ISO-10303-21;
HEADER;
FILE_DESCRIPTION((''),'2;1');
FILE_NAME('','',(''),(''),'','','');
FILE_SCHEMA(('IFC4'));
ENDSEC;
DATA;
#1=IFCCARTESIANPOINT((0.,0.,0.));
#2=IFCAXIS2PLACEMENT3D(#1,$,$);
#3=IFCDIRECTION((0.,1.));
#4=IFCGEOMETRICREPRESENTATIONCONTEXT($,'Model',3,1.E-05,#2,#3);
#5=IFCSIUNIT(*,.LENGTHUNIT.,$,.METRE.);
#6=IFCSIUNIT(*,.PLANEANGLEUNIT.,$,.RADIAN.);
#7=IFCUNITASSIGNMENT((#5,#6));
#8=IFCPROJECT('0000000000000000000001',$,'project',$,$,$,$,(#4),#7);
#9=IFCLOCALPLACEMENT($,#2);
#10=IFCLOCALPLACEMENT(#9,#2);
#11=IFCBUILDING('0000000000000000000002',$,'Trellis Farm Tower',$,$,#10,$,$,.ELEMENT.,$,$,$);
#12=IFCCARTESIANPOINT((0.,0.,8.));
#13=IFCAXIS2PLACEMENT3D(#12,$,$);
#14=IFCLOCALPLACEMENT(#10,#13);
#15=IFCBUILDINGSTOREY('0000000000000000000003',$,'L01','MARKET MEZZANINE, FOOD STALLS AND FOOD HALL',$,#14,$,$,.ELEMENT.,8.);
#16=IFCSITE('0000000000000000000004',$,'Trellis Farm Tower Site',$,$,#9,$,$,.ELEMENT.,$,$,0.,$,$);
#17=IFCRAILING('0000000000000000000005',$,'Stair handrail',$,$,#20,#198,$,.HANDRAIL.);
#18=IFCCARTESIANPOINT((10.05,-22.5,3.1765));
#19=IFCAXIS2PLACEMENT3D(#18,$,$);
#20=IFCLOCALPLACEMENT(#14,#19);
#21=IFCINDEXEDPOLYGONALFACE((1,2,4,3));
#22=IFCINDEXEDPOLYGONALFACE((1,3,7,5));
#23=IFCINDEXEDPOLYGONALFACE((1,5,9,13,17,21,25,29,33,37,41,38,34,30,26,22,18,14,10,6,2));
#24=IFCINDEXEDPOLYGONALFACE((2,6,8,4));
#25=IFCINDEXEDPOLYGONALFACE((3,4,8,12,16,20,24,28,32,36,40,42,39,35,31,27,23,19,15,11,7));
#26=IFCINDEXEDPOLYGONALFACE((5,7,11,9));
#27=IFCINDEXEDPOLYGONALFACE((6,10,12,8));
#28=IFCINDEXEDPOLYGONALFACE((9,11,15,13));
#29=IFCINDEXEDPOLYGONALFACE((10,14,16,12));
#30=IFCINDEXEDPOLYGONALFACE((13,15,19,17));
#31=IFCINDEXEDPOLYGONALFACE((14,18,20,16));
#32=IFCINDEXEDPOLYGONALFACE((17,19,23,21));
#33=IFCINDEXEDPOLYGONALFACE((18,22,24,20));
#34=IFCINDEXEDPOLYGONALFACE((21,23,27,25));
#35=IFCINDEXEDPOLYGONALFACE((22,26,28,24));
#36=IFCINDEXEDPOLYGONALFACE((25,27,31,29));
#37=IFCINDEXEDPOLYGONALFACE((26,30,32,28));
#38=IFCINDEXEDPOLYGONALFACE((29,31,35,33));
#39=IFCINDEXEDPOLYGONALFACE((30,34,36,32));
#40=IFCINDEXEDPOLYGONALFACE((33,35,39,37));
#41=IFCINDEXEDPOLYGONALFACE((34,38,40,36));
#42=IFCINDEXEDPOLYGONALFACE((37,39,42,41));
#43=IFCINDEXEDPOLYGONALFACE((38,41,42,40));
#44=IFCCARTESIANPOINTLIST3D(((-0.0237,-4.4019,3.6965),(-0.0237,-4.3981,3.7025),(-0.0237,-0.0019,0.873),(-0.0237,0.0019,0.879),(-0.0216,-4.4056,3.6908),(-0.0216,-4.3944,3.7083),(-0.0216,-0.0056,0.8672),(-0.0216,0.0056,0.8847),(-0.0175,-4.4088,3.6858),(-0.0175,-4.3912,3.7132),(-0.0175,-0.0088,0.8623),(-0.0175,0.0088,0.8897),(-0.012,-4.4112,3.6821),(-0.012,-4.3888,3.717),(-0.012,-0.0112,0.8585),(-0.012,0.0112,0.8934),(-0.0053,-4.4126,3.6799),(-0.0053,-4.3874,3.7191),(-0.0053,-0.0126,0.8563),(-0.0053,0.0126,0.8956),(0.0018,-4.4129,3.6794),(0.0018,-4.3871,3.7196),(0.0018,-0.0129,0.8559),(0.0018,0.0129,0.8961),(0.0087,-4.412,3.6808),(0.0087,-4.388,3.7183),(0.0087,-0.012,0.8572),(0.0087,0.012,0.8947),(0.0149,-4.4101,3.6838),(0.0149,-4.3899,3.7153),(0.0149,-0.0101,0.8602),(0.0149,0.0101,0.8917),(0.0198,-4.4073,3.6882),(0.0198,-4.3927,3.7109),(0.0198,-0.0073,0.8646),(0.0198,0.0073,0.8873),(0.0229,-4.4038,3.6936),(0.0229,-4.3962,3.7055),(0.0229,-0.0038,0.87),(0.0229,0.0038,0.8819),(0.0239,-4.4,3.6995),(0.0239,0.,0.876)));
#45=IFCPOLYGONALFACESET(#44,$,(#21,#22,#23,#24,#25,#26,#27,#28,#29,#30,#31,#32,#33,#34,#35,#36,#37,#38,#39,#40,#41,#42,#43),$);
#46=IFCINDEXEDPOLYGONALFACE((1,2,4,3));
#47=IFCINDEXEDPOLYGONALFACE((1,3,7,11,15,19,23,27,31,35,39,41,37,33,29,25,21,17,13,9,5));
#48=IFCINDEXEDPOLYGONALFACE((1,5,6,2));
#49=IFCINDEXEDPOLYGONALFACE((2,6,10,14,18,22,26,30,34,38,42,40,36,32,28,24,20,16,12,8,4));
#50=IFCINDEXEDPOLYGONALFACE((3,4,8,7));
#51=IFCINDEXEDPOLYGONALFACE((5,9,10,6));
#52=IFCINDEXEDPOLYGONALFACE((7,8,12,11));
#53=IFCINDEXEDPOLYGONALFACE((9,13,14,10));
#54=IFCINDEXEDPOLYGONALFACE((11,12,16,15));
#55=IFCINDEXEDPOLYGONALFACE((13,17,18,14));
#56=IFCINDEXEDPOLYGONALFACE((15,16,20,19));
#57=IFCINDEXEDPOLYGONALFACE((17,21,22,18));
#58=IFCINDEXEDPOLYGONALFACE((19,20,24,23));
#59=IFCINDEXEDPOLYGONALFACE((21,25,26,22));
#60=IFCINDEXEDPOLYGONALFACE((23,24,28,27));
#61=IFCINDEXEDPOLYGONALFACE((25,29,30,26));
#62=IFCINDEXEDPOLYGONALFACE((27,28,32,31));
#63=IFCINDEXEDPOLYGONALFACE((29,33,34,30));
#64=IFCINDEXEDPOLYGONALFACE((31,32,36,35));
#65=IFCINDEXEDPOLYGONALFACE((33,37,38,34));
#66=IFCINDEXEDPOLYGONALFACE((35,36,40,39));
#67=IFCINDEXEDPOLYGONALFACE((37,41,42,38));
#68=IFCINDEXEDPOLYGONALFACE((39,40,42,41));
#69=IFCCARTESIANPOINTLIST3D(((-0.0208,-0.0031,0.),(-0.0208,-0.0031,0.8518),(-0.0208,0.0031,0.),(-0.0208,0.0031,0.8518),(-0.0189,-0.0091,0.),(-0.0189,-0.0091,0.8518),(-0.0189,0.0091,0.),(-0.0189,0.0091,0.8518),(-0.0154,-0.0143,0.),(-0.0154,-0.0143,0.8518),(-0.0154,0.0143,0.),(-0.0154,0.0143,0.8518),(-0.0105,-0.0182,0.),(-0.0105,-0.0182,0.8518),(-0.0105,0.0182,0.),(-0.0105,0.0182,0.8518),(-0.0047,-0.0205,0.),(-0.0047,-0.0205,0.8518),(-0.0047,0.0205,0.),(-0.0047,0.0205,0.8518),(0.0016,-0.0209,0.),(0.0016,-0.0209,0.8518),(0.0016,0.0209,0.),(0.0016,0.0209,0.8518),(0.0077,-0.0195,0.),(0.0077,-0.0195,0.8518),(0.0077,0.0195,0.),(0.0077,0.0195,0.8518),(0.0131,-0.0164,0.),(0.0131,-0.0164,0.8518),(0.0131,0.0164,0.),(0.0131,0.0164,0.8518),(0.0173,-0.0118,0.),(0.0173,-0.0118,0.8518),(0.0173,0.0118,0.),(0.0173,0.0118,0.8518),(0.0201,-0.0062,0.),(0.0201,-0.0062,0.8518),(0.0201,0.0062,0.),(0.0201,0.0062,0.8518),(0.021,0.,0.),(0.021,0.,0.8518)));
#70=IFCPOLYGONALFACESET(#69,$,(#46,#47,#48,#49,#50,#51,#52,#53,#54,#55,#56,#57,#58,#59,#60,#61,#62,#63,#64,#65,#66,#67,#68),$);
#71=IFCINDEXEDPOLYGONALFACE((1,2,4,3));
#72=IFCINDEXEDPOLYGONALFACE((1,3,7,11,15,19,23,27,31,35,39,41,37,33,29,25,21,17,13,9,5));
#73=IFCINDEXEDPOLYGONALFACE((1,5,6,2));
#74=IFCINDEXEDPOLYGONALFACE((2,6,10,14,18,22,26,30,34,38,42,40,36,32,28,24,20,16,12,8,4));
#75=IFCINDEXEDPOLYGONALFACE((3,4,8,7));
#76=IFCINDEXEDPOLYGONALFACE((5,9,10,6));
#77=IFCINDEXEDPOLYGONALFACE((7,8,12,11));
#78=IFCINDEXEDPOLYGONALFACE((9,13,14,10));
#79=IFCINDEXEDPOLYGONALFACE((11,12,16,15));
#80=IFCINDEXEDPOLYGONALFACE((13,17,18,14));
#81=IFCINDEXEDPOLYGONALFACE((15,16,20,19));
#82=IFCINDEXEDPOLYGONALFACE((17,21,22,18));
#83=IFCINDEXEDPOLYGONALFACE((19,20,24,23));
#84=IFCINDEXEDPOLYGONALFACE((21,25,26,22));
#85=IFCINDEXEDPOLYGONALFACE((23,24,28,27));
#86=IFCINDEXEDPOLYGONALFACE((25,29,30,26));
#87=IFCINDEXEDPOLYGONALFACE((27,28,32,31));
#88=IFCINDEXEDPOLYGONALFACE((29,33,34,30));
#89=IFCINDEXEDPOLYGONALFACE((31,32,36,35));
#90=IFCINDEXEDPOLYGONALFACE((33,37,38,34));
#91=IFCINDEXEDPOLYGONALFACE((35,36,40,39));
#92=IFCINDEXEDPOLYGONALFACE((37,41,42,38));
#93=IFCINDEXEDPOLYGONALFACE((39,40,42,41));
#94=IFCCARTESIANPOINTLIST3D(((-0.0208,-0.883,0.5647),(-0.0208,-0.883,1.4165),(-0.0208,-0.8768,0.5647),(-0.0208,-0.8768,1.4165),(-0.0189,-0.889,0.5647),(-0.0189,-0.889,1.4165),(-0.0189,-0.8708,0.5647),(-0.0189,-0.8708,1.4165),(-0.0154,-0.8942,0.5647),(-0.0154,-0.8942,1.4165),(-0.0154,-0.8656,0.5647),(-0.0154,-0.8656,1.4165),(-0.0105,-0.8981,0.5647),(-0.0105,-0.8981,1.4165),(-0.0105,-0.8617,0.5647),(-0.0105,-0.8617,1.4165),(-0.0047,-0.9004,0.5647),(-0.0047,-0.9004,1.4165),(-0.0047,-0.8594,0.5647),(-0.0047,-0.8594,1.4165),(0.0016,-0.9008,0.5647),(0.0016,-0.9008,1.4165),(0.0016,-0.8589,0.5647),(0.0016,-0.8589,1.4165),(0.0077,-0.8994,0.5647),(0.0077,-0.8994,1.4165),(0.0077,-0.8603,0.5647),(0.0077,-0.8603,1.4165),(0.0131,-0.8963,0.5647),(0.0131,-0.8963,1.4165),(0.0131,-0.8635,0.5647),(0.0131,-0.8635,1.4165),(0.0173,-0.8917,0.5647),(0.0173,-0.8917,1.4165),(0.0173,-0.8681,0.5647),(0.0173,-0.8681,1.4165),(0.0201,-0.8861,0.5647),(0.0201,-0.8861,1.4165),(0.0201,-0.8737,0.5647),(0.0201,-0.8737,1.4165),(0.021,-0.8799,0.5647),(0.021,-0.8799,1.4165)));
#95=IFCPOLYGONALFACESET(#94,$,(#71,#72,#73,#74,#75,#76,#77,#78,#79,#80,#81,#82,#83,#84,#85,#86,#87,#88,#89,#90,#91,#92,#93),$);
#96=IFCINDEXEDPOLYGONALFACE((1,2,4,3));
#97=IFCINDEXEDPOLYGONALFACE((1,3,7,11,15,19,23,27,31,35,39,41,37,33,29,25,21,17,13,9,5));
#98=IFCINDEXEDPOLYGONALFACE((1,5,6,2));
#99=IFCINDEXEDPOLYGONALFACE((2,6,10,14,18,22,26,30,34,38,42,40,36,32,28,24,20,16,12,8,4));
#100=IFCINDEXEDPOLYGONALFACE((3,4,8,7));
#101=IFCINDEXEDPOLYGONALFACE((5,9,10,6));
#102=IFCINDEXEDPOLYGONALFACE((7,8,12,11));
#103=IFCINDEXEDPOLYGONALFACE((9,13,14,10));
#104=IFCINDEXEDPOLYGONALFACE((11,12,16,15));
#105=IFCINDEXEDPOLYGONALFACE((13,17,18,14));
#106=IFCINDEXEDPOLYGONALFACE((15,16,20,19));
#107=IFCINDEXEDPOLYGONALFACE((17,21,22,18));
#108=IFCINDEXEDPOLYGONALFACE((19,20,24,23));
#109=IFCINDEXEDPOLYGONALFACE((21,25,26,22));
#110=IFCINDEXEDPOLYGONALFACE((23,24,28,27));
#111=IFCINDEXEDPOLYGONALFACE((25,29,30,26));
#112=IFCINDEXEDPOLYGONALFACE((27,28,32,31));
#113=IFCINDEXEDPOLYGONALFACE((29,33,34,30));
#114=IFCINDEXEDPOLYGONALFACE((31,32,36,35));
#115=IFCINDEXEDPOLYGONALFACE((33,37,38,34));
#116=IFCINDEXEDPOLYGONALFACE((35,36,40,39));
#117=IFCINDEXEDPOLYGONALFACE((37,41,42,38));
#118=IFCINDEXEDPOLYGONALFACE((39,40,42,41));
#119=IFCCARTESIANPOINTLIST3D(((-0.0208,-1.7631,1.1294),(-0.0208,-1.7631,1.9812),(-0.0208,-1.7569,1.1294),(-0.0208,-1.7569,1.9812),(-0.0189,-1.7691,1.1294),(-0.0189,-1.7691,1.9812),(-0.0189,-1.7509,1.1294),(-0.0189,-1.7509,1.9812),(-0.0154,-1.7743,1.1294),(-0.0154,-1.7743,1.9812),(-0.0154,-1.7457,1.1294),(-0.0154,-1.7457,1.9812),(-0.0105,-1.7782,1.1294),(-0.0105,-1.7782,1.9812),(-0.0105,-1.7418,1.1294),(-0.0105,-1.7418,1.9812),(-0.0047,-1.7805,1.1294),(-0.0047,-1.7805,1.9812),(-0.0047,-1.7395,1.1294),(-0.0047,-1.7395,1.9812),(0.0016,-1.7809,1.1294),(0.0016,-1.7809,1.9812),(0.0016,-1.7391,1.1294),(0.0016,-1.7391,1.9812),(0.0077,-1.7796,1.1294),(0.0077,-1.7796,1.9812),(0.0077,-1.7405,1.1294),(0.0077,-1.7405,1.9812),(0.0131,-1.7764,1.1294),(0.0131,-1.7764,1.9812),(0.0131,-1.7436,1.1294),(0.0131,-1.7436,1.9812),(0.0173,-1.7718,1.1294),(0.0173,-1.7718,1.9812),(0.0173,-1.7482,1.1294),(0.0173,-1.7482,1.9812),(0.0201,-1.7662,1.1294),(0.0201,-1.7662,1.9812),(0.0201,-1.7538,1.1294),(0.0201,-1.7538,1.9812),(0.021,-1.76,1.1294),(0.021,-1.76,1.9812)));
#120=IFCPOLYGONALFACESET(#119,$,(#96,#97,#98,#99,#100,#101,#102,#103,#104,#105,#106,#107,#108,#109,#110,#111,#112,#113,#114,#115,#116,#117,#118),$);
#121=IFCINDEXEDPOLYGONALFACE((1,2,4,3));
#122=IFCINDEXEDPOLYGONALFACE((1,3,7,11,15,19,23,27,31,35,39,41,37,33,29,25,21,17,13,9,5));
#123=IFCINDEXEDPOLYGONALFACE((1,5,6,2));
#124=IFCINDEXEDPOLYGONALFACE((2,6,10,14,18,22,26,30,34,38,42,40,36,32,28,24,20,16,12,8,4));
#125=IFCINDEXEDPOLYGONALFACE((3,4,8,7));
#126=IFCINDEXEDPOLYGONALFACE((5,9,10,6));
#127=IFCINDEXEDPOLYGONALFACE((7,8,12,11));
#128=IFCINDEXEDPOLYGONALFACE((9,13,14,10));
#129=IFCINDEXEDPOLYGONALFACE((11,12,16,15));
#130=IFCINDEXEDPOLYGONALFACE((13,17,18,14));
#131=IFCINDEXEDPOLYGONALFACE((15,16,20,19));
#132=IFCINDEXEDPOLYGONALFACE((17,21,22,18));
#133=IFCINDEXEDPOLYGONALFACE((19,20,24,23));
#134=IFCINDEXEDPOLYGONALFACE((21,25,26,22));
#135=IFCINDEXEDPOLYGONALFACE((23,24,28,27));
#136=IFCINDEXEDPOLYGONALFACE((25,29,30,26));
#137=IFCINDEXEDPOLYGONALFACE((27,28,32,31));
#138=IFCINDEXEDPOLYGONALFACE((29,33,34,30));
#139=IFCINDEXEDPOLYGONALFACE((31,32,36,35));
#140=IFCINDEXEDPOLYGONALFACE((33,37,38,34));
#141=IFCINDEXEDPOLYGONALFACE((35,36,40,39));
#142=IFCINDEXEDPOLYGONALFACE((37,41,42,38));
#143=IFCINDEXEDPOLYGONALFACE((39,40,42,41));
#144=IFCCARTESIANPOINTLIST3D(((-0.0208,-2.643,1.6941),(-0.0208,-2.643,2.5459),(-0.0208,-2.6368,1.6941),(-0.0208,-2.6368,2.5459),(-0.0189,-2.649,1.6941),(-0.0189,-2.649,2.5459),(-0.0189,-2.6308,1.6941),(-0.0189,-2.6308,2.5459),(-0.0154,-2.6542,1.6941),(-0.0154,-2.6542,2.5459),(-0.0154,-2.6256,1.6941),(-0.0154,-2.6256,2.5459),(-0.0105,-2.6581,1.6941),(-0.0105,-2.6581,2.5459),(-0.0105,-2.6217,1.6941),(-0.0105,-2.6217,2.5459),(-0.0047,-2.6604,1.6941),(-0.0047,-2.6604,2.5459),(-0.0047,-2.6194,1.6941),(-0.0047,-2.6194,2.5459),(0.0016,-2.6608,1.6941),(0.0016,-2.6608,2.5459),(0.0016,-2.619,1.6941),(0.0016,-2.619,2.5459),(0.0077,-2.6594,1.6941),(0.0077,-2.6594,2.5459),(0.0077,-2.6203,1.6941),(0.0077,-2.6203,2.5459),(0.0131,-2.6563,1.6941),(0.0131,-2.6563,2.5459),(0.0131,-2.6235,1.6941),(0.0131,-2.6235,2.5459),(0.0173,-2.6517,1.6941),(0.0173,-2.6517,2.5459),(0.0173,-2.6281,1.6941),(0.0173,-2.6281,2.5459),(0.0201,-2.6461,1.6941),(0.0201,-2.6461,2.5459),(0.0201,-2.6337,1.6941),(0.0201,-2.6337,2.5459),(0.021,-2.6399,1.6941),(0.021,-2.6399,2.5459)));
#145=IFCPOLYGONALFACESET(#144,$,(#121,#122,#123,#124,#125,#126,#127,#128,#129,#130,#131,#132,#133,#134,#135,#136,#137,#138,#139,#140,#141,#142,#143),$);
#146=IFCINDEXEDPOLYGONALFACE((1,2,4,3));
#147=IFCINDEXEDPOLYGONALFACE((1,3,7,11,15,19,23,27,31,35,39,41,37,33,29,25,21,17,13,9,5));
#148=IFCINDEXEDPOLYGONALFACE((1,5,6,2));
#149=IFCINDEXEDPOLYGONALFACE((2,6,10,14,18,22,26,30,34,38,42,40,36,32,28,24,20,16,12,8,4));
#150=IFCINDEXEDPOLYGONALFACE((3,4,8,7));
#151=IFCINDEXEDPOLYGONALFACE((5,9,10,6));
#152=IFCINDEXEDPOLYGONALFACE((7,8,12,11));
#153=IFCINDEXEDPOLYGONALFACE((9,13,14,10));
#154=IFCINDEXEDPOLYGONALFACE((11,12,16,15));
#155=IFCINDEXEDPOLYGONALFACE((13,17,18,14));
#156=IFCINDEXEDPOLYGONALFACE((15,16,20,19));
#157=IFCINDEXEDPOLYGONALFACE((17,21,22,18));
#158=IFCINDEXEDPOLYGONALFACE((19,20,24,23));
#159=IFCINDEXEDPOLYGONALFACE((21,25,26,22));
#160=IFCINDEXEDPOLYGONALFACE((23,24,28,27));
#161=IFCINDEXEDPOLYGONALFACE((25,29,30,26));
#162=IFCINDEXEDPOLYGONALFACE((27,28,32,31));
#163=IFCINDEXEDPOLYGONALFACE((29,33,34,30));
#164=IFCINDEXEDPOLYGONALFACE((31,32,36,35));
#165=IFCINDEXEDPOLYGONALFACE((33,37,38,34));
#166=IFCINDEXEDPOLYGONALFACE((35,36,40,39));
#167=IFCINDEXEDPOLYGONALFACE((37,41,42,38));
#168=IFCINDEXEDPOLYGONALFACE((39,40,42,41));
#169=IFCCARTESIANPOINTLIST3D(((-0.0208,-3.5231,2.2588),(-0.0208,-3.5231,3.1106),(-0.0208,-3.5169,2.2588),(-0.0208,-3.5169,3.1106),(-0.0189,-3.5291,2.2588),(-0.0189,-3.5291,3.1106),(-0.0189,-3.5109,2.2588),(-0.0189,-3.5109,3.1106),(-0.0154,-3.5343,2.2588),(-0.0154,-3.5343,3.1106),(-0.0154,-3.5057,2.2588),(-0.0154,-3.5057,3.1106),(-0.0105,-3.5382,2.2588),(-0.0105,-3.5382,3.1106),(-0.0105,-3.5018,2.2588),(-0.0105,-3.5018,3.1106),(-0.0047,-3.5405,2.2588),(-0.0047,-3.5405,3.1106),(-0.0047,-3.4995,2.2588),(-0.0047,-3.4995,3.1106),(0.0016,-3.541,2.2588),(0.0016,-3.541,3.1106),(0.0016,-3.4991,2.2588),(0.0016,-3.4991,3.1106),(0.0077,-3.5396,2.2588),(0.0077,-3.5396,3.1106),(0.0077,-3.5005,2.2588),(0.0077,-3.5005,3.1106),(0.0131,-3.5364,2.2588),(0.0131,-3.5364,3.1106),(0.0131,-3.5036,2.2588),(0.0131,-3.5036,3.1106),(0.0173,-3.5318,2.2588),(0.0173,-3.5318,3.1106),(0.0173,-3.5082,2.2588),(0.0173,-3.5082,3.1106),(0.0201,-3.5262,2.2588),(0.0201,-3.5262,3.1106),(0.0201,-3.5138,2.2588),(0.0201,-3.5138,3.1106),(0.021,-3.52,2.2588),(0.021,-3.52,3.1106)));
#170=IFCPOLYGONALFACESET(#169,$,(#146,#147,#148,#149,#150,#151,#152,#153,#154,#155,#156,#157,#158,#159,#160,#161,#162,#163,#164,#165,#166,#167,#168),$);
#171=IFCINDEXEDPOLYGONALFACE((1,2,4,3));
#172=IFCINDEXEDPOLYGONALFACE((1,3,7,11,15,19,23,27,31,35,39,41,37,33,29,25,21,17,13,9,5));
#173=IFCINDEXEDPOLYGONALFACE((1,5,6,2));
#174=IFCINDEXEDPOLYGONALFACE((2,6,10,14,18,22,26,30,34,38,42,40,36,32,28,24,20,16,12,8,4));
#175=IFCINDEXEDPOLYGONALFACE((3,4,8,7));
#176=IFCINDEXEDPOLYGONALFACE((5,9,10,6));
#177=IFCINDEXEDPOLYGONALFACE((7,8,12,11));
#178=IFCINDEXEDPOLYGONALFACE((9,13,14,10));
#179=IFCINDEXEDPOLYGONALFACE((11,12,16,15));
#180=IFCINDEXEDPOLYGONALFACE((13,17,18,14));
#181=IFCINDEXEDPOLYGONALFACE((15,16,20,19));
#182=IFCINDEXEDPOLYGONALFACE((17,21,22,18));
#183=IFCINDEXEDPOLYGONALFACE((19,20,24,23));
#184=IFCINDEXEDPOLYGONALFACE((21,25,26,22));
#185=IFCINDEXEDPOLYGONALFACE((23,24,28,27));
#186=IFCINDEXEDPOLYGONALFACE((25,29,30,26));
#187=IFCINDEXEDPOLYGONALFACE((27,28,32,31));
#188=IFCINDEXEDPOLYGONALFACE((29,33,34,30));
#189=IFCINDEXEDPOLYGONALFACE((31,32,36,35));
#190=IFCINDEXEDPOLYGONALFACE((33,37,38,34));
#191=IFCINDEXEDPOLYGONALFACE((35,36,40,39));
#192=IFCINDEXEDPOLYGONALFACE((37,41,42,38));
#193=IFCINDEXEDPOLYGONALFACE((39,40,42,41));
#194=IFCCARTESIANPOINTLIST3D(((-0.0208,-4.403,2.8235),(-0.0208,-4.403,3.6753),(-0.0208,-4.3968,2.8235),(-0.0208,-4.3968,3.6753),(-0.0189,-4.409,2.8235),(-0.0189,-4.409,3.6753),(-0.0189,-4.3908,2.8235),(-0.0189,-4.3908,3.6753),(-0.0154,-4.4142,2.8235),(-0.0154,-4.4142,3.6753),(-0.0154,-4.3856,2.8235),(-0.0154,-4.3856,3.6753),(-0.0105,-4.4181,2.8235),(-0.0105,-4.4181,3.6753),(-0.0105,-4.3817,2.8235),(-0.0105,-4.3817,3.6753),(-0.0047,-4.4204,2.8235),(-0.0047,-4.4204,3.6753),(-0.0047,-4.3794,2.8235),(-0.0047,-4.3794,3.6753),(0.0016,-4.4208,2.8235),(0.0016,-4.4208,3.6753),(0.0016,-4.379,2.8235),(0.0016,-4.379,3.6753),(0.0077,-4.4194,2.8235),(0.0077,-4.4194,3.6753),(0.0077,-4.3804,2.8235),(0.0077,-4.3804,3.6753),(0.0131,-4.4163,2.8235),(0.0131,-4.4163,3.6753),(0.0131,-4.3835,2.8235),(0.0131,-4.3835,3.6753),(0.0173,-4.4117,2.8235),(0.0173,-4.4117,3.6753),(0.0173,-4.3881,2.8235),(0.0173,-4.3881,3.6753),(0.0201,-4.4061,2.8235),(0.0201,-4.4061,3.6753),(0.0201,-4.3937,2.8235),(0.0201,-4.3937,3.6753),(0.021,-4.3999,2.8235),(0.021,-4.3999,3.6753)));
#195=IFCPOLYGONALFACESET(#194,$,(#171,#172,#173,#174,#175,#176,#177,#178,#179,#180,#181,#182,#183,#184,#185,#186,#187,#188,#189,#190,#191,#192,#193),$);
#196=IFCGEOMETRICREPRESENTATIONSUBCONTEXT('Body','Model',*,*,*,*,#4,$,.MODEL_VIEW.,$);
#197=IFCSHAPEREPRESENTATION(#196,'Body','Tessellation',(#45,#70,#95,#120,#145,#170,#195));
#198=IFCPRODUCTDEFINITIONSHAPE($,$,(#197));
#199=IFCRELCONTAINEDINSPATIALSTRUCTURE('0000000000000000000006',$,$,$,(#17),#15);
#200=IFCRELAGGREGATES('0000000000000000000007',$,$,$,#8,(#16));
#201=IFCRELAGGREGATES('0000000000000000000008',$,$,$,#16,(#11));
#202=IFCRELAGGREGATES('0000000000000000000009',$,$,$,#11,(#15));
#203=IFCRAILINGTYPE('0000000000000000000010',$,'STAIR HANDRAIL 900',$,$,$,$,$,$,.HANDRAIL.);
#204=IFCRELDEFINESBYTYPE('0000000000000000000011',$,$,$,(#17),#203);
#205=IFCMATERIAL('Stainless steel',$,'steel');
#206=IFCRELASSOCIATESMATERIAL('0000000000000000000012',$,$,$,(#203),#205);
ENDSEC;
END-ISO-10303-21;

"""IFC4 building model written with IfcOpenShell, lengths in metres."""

from ifc_helpers import new_model, si_unit, direction, frame, origin, origin_2d, place, context, subcontext, project, spatial, circle, extrude, source, transform, mapped, material, type_object, element, save


model = new_model("IFC4")

# Units and contexts
model_context = context("Model", 3, precision=1e-05, world=origin(), true_north=direction((0.0, 1.0)))
body_context = subcontext(model_context, "Body", "Model", "MODEL_VIEW")
ifc_project = project(units=[si_unit("LENGTHUNIT", "METRE"), si_unit("PLANEANGLEUNIT", "RADIAN")], contexts=[model_context])

# Site, building, storey
site_placement = place(None, origin())
site = spatial("IfcSite", under=ifc_project, at=site_placement, Name="Trellis Farm Tower Site", CompositionType="ELEMENT", RefElevation=0.0)
building_placement = place(site_placement, origin())
building = spatial("IfcBuilding", under=site, at=building_placement, Name="Trellis Farm Tower", CompositionType="ELEMENT")
storey_placement = place(building_placement, frame((0.0, 0.0, 8.0)))
storey = spatial("IfcBuildingStorey", under=building, at=storey_placement, Name="L01", Description="MARKET MEZZANINE, FOOD STALLS AND FOOD HALL", CompositionType="ELEMENT", Elevation=8.0)

# Railing
ifc_material_1 = material(Name="Stainless steel", Category="steel")
railing_type = type_object("IfcRailingType", Name="STAIR HANDRAIL 900", PredefinedType="HANDRAIL", material=ifc_material_1)
shared_shape_1 = source(origin(), body_context, "Body", "SweptSolid", [
    extrude(circle(Radius=0.0239, at=origin_2d()), frame((0.0, 0.0, 0.876), z_axis=(0.0, -0.841615, 0.540078), x_axis=(1.0, 0.0, 0.0)), (0.0, 0.0, 1.0), 5.228),
    extrude(circle(Radius=0.021, at=origin_2d()), origin(), (0.0, 0.0, 1.0), 0.8518),
    extrude(circle(Radius=0.021, at=origin_2d()), frame((0.0, -0.8799, 0.5647)), (0.0, 0.0, 1.0), 0.8518),
    extrude(circle(Radius=0.021, at=origin_2d()), frame((0.0, -1.76, 1.1294)), (0.0, 0.0, 1.0), 0.8518),
    extrude(circle(Radius=0.021, at=origin_2d()), frame((0.0, -2.6399, 1.6941)), (0.0, 0.0, 1.0), 0.8518),
    extrude(circle(Radius=0.021, at=origin_2d()), frame((0.0, -3.52, 2.2588)), (0.0, 0.0, 1.0), 0.8518),
    extrude(circle(Radius=0.021, at=origin_2d()), frame((0.0, -4.3999, 2.8235)), (0.0, 0.0, 1.0), 0.8518),
])
for number, where, name in (
    (1, (10.05, -22.5, 3.1765), "Stair handrail"),
):
    element("IfcRailing", number, at=place(storey_placement, frame(where)), inside=storey, type_object=railing_type, Name=name, PredefinedType="HANDRAIL", context=body_context, shape_type="MappedRepresentation", body=[
        mapped(shared_shape_1, transform((0.0, 0.0, 0.0))),
    ])

save(model, "model.ifc")
